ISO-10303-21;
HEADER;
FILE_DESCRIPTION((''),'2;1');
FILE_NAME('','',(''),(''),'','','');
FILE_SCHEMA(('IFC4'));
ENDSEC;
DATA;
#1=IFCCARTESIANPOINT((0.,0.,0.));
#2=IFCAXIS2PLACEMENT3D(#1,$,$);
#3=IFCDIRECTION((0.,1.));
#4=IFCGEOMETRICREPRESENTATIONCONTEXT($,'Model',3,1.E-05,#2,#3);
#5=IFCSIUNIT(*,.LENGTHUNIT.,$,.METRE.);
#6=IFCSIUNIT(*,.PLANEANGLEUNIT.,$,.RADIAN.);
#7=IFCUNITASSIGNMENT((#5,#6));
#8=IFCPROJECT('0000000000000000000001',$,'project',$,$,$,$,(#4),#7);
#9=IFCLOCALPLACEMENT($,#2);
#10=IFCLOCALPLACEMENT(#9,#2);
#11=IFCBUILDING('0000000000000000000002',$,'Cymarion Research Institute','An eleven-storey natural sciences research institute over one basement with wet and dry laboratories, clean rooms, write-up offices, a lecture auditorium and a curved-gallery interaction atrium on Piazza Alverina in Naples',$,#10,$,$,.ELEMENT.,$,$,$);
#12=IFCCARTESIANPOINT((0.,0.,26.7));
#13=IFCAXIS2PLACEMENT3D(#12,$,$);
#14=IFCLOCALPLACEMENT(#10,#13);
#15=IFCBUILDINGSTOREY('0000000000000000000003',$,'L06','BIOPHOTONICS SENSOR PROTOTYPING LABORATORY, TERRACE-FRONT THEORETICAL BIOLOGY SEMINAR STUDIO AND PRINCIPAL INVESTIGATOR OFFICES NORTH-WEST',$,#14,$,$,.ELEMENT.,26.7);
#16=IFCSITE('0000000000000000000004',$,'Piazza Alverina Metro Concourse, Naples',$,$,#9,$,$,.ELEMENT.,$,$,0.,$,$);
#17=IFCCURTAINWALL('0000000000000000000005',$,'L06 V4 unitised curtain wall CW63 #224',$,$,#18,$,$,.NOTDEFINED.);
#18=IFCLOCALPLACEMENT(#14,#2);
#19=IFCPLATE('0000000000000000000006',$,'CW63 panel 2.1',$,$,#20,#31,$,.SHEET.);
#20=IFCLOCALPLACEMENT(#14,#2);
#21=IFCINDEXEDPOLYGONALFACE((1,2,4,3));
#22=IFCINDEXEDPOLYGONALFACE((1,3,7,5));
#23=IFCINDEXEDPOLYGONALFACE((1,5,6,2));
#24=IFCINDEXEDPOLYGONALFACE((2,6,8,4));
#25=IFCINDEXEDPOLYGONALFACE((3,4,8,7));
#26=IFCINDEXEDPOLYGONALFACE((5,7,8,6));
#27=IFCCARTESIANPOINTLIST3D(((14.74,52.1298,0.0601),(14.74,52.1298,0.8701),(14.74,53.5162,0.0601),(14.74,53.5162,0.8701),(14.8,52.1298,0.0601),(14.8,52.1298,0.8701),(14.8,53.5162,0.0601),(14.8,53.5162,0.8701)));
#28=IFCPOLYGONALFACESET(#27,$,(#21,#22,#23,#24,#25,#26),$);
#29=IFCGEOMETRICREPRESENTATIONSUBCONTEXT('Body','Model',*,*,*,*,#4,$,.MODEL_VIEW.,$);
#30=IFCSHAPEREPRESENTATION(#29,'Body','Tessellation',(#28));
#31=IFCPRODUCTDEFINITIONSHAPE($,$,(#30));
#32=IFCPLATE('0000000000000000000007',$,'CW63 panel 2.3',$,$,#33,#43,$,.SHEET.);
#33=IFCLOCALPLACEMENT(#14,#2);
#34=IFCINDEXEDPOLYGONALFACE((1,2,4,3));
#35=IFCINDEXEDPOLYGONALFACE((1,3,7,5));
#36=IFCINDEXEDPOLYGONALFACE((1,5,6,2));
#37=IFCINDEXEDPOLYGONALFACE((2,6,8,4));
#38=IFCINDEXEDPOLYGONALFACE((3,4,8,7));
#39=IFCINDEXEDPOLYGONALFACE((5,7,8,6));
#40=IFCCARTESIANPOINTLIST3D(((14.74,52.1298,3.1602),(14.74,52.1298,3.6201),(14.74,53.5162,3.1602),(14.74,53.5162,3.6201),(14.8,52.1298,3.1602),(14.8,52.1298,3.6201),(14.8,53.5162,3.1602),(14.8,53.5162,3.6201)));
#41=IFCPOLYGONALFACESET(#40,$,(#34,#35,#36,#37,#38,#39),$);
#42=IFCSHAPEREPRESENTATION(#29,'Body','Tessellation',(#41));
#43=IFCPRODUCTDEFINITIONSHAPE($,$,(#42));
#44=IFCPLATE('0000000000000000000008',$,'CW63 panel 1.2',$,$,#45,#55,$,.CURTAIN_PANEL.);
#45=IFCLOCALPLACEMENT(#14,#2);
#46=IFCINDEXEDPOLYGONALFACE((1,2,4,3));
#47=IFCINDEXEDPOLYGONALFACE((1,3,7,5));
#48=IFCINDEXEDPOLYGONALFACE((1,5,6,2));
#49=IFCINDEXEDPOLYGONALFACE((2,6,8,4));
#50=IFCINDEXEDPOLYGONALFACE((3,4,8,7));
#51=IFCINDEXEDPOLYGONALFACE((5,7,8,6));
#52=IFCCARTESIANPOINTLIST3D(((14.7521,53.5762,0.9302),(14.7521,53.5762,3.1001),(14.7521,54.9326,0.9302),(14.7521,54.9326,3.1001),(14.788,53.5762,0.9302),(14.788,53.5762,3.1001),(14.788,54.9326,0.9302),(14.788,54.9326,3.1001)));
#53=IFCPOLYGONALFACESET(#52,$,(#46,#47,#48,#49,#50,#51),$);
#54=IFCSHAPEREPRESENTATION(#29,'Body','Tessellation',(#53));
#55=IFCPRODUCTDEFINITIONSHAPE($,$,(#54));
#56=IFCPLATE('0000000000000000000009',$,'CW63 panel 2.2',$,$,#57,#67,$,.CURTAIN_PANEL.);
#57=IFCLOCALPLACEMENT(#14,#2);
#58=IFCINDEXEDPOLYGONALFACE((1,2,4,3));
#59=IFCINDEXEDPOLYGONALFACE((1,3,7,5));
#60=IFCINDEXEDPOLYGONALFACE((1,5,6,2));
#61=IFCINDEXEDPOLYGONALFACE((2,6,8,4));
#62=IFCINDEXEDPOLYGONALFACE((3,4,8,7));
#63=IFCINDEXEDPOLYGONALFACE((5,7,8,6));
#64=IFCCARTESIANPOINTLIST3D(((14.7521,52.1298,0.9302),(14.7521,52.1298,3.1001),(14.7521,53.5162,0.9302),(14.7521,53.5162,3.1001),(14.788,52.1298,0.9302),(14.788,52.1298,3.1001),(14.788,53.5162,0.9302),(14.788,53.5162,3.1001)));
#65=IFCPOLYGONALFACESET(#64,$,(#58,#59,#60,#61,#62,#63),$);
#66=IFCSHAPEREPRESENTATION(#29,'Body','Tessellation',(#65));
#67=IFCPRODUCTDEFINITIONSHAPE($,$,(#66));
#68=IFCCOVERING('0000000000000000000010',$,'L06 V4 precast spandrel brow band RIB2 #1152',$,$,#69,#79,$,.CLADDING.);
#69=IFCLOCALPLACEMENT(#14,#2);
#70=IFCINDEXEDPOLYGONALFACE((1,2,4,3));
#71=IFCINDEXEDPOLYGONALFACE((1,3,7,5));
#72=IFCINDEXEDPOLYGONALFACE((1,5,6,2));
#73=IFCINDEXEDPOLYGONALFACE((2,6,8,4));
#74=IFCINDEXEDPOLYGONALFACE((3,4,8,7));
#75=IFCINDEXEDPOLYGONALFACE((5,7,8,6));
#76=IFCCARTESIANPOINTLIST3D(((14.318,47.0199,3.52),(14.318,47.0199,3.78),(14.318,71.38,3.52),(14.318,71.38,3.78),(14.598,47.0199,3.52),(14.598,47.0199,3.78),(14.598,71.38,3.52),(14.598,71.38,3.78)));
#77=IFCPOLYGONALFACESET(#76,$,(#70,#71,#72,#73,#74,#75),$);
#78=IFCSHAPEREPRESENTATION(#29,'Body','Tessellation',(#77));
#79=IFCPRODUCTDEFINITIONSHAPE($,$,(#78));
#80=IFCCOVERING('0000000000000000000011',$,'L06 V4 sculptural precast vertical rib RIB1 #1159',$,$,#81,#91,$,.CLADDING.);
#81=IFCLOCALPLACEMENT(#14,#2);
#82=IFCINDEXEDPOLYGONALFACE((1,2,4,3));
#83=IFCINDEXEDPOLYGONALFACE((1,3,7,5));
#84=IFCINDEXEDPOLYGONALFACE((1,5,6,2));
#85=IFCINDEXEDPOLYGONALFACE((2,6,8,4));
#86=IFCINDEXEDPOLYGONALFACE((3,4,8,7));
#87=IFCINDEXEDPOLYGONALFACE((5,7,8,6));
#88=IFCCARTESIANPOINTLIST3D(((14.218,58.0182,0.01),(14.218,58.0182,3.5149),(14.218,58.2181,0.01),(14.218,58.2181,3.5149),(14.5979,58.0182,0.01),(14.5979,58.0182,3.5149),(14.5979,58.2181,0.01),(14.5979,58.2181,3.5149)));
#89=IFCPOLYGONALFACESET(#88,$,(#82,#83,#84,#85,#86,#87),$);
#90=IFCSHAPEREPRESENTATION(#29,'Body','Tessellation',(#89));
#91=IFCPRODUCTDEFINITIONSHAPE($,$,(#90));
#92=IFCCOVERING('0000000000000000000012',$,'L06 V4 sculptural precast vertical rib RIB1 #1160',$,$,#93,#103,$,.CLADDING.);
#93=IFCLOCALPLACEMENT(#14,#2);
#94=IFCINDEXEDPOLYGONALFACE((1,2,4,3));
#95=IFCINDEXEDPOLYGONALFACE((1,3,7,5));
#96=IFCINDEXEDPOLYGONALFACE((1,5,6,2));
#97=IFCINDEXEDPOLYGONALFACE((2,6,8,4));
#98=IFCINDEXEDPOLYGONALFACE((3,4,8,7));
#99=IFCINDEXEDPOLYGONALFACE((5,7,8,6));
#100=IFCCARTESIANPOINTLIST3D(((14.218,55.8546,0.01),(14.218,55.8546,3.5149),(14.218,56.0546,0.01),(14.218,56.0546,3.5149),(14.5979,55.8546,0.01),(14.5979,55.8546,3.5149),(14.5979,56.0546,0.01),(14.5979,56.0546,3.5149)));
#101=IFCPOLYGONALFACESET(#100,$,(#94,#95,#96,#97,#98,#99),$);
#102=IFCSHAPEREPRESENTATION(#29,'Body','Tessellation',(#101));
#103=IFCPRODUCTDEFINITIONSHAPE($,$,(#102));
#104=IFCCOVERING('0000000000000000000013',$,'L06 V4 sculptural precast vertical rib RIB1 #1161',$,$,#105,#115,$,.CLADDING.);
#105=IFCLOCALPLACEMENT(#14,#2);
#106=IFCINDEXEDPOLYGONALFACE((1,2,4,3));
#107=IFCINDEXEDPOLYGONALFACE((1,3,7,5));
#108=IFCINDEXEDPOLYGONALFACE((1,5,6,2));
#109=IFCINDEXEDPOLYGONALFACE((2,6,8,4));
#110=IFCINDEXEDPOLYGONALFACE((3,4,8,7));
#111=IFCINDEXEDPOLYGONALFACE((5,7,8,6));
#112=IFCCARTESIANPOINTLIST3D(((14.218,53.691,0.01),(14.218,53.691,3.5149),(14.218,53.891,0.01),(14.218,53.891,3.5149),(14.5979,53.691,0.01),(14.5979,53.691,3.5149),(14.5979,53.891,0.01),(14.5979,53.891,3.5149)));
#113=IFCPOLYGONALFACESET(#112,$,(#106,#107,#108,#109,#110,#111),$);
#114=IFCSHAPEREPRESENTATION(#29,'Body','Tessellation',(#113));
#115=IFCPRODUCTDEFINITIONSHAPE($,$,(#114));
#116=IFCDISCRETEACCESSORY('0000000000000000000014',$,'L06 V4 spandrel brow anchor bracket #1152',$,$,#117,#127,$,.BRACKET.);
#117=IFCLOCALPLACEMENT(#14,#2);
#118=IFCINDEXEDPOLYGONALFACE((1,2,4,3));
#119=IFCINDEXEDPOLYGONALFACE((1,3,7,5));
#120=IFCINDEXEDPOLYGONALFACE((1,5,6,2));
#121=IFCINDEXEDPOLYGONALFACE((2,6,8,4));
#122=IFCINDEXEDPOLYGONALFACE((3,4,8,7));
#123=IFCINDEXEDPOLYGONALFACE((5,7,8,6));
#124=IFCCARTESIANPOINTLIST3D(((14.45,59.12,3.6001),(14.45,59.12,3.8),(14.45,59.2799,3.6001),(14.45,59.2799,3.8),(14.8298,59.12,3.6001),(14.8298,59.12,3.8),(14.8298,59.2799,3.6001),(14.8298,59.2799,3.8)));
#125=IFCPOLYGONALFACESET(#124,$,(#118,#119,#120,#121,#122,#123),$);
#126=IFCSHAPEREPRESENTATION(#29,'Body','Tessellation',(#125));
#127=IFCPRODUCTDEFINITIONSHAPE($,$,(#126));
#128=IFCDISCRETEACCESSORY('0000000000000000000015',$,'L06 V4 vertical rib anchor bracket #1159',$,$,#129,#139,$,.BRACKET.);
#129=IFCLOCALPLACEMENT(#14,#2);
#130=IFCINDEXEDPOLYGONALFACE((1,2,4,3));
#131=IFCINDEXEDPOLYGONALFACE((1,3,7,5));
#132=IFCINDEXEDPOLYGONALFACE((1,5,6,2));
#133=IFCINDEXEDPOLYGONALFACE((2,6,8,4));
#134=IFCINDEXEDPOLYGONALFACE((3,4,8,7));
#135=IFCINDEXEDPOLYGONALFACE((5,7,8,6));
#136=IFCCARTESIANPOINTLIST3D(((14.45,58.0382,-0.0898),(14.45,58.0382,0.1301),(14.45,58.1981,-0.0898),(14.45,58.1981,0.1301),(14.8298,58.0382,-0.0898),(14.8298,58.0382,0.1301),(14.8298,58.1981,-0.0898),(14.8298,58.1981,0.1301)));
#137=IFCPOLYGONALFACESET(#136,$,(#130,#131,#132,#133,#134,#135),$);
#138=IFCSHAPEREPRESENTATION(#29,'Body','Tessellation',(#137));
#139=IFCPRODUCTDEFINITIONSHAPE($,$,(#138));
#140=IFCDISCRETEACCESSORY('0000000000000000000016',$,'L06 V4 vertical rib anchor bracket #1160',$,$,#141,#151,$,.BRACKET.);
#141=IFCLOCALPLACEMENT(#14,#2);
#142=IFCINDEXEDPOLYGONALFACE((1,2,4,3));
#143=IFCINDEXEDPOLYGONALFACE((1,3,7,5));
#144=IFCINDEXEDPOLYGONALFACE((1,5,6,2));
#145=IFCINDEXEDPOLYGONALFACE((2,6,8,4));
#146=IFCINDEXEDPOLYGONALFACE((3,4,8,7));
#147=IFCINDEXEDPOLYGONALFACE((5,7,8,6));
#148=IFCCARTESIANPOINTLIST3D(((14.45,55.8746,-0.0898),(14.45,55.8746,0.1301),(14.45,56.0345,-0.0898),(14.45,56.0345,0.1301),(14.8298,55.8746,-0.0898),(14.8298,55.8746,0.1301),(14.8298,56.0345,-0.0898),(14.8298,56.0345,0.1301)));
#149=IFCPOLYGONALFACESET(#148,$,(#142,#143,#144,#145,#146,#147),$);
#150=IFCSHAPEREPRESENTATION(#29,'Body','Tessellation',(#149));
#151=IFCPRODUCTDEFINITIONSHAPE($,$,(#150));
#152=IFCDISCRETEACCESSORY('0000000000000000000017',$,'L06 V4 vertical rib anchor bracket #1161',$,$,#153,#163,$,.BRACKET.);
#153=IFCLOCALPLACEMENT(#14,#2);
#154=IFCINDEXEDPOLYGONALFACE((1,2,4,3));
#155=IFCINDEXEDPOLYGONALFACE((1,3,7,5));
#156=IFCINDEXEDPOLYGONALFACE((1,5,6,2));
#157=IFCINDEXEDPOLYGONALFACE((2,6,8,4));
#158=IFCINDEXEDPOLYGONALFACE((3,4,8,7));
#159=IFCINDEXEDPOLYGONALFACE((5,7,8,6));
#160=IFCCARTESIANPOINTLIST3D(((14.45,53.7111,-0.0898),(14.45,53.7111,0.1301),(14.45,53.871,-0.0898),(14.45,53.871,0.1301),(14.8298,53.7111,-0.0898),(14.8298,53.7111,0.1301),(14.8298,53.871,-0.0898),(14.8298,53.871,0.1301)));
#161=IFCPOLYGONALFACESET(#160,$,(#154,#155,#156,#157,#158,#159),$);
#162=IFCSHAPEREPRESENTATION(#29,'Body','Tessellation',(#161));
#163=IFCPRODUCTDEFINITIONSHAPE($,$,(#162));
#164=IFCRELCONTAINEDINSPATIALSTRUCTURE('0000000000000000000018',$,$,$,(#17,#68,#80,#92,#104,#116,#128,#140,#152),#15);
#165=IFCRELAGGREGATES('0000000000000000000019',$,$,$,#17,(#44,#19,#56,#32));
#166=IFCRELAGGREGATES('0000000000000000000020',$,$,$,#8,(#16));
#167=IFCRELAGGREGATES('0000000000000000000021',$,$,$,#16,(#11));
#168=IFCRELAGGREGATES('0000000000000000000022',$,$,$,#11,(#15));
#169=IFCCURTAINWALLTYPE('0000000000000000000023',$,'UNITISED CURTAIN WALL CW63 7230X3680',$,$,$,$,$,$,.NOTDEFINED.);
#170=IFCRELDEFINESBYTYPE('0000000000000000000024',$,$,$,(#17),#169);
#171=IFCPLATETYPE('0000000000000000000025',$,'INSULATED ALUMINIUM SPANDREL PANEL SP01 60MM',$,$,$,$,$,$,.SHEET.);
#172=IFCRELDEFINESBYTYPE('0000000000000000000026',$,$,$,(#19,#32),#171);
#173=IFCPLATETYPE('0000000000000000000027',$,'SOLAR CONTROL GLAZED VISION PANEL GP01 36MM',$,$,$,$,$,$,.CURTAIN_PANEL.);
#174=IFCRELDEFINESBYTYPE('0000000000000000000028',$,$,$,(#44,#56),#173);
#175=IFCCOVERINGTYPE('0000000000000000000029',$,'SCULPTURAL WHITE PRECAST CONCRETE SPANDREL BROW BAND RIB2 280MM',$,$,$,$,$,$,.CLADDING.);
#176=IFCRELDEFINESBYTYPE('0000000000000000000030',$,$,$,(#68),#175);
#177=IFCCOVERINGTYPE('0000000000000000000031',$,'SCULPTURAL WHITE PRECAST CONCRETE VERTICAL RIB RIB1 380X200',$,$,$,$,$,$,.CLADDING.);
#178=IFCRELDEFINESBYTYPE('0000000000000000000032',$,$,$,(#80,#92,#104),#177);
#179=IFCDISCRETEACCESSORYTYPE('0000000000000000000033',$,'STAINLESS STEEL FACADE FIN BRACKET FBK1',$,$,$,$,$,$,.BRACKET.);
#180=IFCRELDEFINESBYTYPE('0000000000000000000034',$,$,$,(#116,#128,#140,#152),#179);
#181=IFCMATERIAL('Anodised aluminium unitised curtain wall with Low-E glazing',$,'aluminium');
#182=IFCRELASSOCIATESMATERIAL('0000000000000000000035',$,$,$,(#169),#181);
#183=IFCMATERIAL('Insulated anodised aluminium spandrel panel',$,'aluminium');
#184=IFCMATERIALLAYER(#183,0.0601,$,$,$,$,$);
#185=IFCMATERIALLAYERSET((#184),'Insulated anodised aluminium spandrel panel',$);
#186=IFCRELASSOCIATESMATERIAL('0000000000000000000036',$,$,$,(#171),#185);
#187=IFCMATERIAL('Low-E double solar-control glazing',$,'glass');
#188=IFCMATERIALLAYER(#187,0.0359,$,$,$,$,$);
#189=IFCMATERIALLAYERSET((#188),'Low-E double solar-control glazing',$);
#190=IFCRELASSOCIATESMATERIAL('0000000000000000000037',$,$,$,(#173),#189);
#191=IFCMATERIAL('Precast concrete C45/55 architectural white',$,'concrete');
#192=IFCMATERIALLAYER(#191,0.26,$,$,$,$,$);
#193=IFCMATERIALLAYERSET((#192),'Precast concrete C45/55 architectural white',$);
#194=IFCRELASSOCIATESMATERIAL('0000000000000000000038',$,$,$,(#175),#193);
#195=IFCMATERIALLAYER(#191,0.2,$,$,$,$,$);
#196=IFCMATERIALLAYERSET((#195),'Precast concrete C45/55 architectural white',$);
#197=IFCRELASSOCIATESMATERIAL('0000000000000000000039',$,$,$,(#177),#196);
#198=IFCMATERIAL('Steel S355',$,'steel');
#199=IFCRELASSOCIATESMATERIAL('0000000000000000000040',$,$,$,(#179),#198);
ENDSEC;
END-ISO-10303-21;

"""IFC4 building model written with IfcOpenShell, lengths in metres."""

from ifc_helpers import new_model, si_unit, direction, frame, origin, origin_2d, place, context, subcontext, project, spatial, rectangle, extrude, material, layer, layer_set, type_object, element, aggregate, save


model = new_model("IFC4")

# Units and contexts
model_context = context("Model", 3, precision=1e-05, world=origin(), true_north=direction((0.0, 1.0)))
body_context = subcontext(model_context, "Body", "Model", "MODEL_VIEW")
ifc_project = project(units=[si_unit("LENGTHUNIT", "METRE"), si_unit("PLANEANGLEUNIT", "RADIAN")], contexts=[model_context])

# Site, building, storey
site_placement = place(None, origin())
site = spatial("IfcSite", under=ifc_project, at=site_placement, Name="Piazza Alverina Metro Concourse, Naples", CompositionType="ELEMENT", RefElevation=0.0)
building_placement = place(site_placement, origin())
building = spatial("IfcBuilding", under=site, at=building_placement, Name="Cymarion Research Institute", Description="An eleven-storey natural sciences research institute over one basement with wet and dry laboratories, clean rooms, write-up offices, a lecture auditorium and a curved-gallery interaction atrium on Piazza Alverina in Naples", CompositionType="ELEMENT")
storey_placement = place(building_placement, frame((0.0, 0.0, 26.7)))
storey = spatial("IfcBuildingStorey", under=building, at=storey_placement, Name="L06", Description="BIOPHOTONICS SENSOR PROTOTYPING LABORATORY, TERRACE-FRONT THEORETICAL BIOLOGY SEMINAR STUDIO AND PRINCIPAL INVESTIGATOR OFFICES NORTH-WEST", CompositionType="ELEMENT", Elevation=26.7)

# Curtain wall
ifc_material_1 = material(Name="Anodised aluminium unitised curtain wall with Low-E glazing", Category="aluminium")
curtain_wall_type = type_object("IfcCurtainWallType", Name="UNITISED CURTAIN WALL CW63 7230X3680", PredefinedType="NOTDEFINED", material=ifc_material_1)
curtain_wall_placement = place(storey_placement, origin())
curtain_wall = element("IfcCurtainWall", 1, at=curtain_wall_placement, inside=storey, type_object=curtain_wall_type, Name="L06 V4 unitised curtain wall CW63 #224", PredefinedType="NOTDEFINED")

# Shared definitions
ifc_material_2 = material(Name="Steel S355", Category="steel")

# Plates
ifc_material_3 = material(Name="Insulated anodised aluminium spandrel panel", Category="aluminium")
ifc_layer_1 = layer(ifc_material_3, 0.0601)
ifc_layer_set_1 = layer_set([ifc_layer_1], Name="Insulated anodised aluminium spandrel panel")
plate_type_1 = type_object("IfcPlateType", Name="INSULATED ALUMINIUM SPANDREL PANEL SP01 60MM", PredefinedType="SHEET", material=ifc_layer_set_1)
plate_1_placement = place(storey_placement, frame((14.77, 52.823, 0.0601), z_axis=(0.0, 0.0, 1.0), x_axis=(0.0, -1.0, 0.0)))
plate_1 = element("IfcPlate", 2, at=plate_1_placement, type_object=plate_type_1, Name="CW63 panel 2.1", PredefinedType="SHEET", context=body_context, shape_type="SweptSolid", body=[
    extrude(rectangle(XDim=1.3865, YDim=0.0601, at=origin_2d()), origin(), (0.0, 0.0, 1.0), 0.8101),
])
plate_2_placement = place(storey_placement, frame((14.77, 52.823, 3.1602), z_axis=(0.0, 0.0, 1.0), x_axis=(0.0, -1.0, 0.0)))
plate_2 = element("IfcPlate", 3, at=plate_2_placement, type_object=plate_type_1, Name="CW63 panel 2.3", PredefinedType="SHEET", context=body_context, shape_type="SweptSolid", body=[
    extrude(rectangle(XDim=1.3865, YDim=0.0601, at=origin_2d()), origin(), (0.0, 0.0, 1.0), 0.46),
])
ifc_material_4 = material(Name="Low-E double solar-control glazing", Category="glass")
ifc_layer_2 = layer(ifc_material_4, 0.0359)
ifc_layer_set_2 = layer_set([ifc_layer_2], Name="Low-E double solar-control glazing")
plate_type_2 = type_object("IfcPlateType", Name="SOLAR CONTROL GLAZED VISION PANEL GP01 36MM", PredefinedType="CURTAIN_PANEL", material=ifc_layer_set_2)
plate_3_placement = place(storey_placement, frame((14.77, 54.2544, 0.9302), z_axis=(0.0, 0.0, 1.0), x_axis=(0.0, -1.0, 0.0)))
plate_3 = element("IfcPlate", 4, at=plate_3_placement, type_object=plate_type_2, Name="CW63 panel 1.2", PredefinedType="CURTAIN_PANEL", context=body_context, shape_type="SweptSolid", body=[
    extrude(rectangle(XDim=1.3564, YDim=0.0359, at=origin_2d()), origin(), (0.0, 0.0, 1.0), 2.1699),
])
plate_4_placement = place(storey_placement, frame((14.77, 52.823, 0.9302), z_axis=(0.0, 0.0, 1.0), x_axis=(0.0, -1.0, 0.0)))
plate_4 = element("IfcPlate", 5, at=plate_4_placement, type_object=plate_type_2, Name="CW63 panel 2.2", PredefinedType="CURTAIN_PANEL", context=body_context, shape_type="SweptSolid", body=[
    extrude(rectangle(XDim=1.3865, YDim=0.0359, at=origin_2d()), origin(), (0.0, 0.0, 1.0), 2.1699),
])
aggregate(curtain_wall, [plate_3, plate_1, plate_4, plate_2])

# Coverings
ifc_material_5 = material(Name="Precast concrete C45/55 architectural white", Category="concrete")
ifc_layer_3 = layer(ifc_material_5, 0.26)
ifc_layer_set_3 = layer_set([ifc_layer_3], Name="Precast concrete C45/55 architectural white")
covering_type_1 = type_object("IfcCoveringType", Name="SCULPTURAL WHITE PRECAST CONCRETE SPANDREL BROW BAND RIB2 280MM", PredefinedType="CLADDING", material=ifc_layer_set_3)
covering_placement = place(storey_placement, frame((14.458, 59.2, 3.52), z_axis=(0.0, 0.0, 1.0), x_axis=(-1.0, 0.0, 0.0)))
element("IfcCovering", 6, at=covering_placement, inside=storey, type_object=covering_type_1, Name="L06 V4 precast spandrel brow band RIB2 #1152", PredefinedType="CLADDING", context=body_context, shape_type="SweptSolid", body=[
    extrude(rectangle(XDim=0.28, YDim=24.3601, at=origin_2d()), origin(), (0.0, 0.0, 1.0), 0.26),
])
ifc_layer_4 = layer(ifc_material_5, 0.2)
ifc_layer_set_4 = layer_set([ifc_layer_4], Name="Precast concrete C45/55 architectural white")
covering_type_2 = type_object("IfcCoveringType", Name="SCULPTURAL WHITE PRECAST CONCRETE VERTICAL RIB RIB1 380X200", PredefinedType="CLADDING", material=ifc_layer_set_4)
for number, where, z_axis, x_axis, name in (
    (7, (14.408, 58.1182, 0.01), (0.0, 0.0, 1.0), (-1.0, 0.0, 0.0), "L06 V4 sculptural precast vertical rib RIB1 #1159"),
    (8, (14.408, 55.9546, 0.01), (0.0, 0.0, 1.0), (-1.0, 0.0, 0.0), "L06 V4 sculptural precast vertical rib RIB1 #1160"),
    (9, (14.408, 53.791, 0.01), (0.0, 0.0, 1.0), (-1.0, 0.0, 0.0), "L06 V4 sculptural precast vertical rib RIB1 #1161"),
):
    element("IfcCovering", number, at=place(storey_placement, frame(where, z_axis=z_axis, x_axis=x_axis)), inside=storey, type_object=covering_type_2, Name=name, PredefinedType="CLADDING", context=body_context, shape_type="SweptSolid", body=[
        extrude(rectangle(XDim=0.3799, YDim=0.2, at=origin_2d()), origin(), (0.0, 0.0, 1.0), 3.5049),
    ])

# Discrete accessories
discrete_accessory_type = type_object("IfcDiscreteAccessoryType", Name="STAINLESS STEEL FACADE FIN BRACKET FBK1", PredefinedType="BRACKET", material=ifc_material_2)
discrete_accessory_placement = place(storey_placement, frame((14.6399, 59.2, 3.6001), z_axis=(0.0, 0.0, 1.0), x_axis=(-1.0, 0.0, 0.0)))
element("IfcDiscreteAccessory", 10, at=discrete_accessory_placement, inside=storey, type_object=discrete_accessory_type, Name="L06 V4 spandrel brow anchor bracket #1152", PredefinedType="BRACKET", context=body_context, shape_type="SweptSolid", body=[
    extrude(rectangle(XDim=0.3799, YDim=0.1599, at=origin_2d()), origin(), (0.0, 0.0, 1.0), 0.2),
])
for number, where, z_axis, x_axis, name in (
    (11, (14.6399, 58.1182, -0.0898), (0.0, 0.0, 1.0), (-1.0, 0.0, 0.0), "L06 V4 vertical rib anchor bracket #1159"),
    (12, (14.6399, 55.9546, -0.0898), (0.0, 0.0, 1.0), (-1.0, 0.0, 0.0), "L06 V4 vertical rib anchor bracket #1160"),
    (13, (14.6399, 53.791, -0.0898), (0.0, 0.0, 1.0), (-1.0, 0.0, 0.0), "L06 V4 vertical rib anchor bracket #1161"),
):
    element("IfcDiscreteAccessory", number, at=place(storey_placement, frame(where, z_axis=z_axis, x_axis=x_axis)), inside=storey, type_object=discrete_accessory_type, Name=name, PredefinedType="BRACKET", context=body_context, shape_type="SweptSolid", body=[
        extrude(rectangle(XDim=0.3799, YDim=0.1599, at=origin_2d()), origin(), (0.0, 0.0, 1.0), 0.22),
    ])

save(model, "model.ifc")
